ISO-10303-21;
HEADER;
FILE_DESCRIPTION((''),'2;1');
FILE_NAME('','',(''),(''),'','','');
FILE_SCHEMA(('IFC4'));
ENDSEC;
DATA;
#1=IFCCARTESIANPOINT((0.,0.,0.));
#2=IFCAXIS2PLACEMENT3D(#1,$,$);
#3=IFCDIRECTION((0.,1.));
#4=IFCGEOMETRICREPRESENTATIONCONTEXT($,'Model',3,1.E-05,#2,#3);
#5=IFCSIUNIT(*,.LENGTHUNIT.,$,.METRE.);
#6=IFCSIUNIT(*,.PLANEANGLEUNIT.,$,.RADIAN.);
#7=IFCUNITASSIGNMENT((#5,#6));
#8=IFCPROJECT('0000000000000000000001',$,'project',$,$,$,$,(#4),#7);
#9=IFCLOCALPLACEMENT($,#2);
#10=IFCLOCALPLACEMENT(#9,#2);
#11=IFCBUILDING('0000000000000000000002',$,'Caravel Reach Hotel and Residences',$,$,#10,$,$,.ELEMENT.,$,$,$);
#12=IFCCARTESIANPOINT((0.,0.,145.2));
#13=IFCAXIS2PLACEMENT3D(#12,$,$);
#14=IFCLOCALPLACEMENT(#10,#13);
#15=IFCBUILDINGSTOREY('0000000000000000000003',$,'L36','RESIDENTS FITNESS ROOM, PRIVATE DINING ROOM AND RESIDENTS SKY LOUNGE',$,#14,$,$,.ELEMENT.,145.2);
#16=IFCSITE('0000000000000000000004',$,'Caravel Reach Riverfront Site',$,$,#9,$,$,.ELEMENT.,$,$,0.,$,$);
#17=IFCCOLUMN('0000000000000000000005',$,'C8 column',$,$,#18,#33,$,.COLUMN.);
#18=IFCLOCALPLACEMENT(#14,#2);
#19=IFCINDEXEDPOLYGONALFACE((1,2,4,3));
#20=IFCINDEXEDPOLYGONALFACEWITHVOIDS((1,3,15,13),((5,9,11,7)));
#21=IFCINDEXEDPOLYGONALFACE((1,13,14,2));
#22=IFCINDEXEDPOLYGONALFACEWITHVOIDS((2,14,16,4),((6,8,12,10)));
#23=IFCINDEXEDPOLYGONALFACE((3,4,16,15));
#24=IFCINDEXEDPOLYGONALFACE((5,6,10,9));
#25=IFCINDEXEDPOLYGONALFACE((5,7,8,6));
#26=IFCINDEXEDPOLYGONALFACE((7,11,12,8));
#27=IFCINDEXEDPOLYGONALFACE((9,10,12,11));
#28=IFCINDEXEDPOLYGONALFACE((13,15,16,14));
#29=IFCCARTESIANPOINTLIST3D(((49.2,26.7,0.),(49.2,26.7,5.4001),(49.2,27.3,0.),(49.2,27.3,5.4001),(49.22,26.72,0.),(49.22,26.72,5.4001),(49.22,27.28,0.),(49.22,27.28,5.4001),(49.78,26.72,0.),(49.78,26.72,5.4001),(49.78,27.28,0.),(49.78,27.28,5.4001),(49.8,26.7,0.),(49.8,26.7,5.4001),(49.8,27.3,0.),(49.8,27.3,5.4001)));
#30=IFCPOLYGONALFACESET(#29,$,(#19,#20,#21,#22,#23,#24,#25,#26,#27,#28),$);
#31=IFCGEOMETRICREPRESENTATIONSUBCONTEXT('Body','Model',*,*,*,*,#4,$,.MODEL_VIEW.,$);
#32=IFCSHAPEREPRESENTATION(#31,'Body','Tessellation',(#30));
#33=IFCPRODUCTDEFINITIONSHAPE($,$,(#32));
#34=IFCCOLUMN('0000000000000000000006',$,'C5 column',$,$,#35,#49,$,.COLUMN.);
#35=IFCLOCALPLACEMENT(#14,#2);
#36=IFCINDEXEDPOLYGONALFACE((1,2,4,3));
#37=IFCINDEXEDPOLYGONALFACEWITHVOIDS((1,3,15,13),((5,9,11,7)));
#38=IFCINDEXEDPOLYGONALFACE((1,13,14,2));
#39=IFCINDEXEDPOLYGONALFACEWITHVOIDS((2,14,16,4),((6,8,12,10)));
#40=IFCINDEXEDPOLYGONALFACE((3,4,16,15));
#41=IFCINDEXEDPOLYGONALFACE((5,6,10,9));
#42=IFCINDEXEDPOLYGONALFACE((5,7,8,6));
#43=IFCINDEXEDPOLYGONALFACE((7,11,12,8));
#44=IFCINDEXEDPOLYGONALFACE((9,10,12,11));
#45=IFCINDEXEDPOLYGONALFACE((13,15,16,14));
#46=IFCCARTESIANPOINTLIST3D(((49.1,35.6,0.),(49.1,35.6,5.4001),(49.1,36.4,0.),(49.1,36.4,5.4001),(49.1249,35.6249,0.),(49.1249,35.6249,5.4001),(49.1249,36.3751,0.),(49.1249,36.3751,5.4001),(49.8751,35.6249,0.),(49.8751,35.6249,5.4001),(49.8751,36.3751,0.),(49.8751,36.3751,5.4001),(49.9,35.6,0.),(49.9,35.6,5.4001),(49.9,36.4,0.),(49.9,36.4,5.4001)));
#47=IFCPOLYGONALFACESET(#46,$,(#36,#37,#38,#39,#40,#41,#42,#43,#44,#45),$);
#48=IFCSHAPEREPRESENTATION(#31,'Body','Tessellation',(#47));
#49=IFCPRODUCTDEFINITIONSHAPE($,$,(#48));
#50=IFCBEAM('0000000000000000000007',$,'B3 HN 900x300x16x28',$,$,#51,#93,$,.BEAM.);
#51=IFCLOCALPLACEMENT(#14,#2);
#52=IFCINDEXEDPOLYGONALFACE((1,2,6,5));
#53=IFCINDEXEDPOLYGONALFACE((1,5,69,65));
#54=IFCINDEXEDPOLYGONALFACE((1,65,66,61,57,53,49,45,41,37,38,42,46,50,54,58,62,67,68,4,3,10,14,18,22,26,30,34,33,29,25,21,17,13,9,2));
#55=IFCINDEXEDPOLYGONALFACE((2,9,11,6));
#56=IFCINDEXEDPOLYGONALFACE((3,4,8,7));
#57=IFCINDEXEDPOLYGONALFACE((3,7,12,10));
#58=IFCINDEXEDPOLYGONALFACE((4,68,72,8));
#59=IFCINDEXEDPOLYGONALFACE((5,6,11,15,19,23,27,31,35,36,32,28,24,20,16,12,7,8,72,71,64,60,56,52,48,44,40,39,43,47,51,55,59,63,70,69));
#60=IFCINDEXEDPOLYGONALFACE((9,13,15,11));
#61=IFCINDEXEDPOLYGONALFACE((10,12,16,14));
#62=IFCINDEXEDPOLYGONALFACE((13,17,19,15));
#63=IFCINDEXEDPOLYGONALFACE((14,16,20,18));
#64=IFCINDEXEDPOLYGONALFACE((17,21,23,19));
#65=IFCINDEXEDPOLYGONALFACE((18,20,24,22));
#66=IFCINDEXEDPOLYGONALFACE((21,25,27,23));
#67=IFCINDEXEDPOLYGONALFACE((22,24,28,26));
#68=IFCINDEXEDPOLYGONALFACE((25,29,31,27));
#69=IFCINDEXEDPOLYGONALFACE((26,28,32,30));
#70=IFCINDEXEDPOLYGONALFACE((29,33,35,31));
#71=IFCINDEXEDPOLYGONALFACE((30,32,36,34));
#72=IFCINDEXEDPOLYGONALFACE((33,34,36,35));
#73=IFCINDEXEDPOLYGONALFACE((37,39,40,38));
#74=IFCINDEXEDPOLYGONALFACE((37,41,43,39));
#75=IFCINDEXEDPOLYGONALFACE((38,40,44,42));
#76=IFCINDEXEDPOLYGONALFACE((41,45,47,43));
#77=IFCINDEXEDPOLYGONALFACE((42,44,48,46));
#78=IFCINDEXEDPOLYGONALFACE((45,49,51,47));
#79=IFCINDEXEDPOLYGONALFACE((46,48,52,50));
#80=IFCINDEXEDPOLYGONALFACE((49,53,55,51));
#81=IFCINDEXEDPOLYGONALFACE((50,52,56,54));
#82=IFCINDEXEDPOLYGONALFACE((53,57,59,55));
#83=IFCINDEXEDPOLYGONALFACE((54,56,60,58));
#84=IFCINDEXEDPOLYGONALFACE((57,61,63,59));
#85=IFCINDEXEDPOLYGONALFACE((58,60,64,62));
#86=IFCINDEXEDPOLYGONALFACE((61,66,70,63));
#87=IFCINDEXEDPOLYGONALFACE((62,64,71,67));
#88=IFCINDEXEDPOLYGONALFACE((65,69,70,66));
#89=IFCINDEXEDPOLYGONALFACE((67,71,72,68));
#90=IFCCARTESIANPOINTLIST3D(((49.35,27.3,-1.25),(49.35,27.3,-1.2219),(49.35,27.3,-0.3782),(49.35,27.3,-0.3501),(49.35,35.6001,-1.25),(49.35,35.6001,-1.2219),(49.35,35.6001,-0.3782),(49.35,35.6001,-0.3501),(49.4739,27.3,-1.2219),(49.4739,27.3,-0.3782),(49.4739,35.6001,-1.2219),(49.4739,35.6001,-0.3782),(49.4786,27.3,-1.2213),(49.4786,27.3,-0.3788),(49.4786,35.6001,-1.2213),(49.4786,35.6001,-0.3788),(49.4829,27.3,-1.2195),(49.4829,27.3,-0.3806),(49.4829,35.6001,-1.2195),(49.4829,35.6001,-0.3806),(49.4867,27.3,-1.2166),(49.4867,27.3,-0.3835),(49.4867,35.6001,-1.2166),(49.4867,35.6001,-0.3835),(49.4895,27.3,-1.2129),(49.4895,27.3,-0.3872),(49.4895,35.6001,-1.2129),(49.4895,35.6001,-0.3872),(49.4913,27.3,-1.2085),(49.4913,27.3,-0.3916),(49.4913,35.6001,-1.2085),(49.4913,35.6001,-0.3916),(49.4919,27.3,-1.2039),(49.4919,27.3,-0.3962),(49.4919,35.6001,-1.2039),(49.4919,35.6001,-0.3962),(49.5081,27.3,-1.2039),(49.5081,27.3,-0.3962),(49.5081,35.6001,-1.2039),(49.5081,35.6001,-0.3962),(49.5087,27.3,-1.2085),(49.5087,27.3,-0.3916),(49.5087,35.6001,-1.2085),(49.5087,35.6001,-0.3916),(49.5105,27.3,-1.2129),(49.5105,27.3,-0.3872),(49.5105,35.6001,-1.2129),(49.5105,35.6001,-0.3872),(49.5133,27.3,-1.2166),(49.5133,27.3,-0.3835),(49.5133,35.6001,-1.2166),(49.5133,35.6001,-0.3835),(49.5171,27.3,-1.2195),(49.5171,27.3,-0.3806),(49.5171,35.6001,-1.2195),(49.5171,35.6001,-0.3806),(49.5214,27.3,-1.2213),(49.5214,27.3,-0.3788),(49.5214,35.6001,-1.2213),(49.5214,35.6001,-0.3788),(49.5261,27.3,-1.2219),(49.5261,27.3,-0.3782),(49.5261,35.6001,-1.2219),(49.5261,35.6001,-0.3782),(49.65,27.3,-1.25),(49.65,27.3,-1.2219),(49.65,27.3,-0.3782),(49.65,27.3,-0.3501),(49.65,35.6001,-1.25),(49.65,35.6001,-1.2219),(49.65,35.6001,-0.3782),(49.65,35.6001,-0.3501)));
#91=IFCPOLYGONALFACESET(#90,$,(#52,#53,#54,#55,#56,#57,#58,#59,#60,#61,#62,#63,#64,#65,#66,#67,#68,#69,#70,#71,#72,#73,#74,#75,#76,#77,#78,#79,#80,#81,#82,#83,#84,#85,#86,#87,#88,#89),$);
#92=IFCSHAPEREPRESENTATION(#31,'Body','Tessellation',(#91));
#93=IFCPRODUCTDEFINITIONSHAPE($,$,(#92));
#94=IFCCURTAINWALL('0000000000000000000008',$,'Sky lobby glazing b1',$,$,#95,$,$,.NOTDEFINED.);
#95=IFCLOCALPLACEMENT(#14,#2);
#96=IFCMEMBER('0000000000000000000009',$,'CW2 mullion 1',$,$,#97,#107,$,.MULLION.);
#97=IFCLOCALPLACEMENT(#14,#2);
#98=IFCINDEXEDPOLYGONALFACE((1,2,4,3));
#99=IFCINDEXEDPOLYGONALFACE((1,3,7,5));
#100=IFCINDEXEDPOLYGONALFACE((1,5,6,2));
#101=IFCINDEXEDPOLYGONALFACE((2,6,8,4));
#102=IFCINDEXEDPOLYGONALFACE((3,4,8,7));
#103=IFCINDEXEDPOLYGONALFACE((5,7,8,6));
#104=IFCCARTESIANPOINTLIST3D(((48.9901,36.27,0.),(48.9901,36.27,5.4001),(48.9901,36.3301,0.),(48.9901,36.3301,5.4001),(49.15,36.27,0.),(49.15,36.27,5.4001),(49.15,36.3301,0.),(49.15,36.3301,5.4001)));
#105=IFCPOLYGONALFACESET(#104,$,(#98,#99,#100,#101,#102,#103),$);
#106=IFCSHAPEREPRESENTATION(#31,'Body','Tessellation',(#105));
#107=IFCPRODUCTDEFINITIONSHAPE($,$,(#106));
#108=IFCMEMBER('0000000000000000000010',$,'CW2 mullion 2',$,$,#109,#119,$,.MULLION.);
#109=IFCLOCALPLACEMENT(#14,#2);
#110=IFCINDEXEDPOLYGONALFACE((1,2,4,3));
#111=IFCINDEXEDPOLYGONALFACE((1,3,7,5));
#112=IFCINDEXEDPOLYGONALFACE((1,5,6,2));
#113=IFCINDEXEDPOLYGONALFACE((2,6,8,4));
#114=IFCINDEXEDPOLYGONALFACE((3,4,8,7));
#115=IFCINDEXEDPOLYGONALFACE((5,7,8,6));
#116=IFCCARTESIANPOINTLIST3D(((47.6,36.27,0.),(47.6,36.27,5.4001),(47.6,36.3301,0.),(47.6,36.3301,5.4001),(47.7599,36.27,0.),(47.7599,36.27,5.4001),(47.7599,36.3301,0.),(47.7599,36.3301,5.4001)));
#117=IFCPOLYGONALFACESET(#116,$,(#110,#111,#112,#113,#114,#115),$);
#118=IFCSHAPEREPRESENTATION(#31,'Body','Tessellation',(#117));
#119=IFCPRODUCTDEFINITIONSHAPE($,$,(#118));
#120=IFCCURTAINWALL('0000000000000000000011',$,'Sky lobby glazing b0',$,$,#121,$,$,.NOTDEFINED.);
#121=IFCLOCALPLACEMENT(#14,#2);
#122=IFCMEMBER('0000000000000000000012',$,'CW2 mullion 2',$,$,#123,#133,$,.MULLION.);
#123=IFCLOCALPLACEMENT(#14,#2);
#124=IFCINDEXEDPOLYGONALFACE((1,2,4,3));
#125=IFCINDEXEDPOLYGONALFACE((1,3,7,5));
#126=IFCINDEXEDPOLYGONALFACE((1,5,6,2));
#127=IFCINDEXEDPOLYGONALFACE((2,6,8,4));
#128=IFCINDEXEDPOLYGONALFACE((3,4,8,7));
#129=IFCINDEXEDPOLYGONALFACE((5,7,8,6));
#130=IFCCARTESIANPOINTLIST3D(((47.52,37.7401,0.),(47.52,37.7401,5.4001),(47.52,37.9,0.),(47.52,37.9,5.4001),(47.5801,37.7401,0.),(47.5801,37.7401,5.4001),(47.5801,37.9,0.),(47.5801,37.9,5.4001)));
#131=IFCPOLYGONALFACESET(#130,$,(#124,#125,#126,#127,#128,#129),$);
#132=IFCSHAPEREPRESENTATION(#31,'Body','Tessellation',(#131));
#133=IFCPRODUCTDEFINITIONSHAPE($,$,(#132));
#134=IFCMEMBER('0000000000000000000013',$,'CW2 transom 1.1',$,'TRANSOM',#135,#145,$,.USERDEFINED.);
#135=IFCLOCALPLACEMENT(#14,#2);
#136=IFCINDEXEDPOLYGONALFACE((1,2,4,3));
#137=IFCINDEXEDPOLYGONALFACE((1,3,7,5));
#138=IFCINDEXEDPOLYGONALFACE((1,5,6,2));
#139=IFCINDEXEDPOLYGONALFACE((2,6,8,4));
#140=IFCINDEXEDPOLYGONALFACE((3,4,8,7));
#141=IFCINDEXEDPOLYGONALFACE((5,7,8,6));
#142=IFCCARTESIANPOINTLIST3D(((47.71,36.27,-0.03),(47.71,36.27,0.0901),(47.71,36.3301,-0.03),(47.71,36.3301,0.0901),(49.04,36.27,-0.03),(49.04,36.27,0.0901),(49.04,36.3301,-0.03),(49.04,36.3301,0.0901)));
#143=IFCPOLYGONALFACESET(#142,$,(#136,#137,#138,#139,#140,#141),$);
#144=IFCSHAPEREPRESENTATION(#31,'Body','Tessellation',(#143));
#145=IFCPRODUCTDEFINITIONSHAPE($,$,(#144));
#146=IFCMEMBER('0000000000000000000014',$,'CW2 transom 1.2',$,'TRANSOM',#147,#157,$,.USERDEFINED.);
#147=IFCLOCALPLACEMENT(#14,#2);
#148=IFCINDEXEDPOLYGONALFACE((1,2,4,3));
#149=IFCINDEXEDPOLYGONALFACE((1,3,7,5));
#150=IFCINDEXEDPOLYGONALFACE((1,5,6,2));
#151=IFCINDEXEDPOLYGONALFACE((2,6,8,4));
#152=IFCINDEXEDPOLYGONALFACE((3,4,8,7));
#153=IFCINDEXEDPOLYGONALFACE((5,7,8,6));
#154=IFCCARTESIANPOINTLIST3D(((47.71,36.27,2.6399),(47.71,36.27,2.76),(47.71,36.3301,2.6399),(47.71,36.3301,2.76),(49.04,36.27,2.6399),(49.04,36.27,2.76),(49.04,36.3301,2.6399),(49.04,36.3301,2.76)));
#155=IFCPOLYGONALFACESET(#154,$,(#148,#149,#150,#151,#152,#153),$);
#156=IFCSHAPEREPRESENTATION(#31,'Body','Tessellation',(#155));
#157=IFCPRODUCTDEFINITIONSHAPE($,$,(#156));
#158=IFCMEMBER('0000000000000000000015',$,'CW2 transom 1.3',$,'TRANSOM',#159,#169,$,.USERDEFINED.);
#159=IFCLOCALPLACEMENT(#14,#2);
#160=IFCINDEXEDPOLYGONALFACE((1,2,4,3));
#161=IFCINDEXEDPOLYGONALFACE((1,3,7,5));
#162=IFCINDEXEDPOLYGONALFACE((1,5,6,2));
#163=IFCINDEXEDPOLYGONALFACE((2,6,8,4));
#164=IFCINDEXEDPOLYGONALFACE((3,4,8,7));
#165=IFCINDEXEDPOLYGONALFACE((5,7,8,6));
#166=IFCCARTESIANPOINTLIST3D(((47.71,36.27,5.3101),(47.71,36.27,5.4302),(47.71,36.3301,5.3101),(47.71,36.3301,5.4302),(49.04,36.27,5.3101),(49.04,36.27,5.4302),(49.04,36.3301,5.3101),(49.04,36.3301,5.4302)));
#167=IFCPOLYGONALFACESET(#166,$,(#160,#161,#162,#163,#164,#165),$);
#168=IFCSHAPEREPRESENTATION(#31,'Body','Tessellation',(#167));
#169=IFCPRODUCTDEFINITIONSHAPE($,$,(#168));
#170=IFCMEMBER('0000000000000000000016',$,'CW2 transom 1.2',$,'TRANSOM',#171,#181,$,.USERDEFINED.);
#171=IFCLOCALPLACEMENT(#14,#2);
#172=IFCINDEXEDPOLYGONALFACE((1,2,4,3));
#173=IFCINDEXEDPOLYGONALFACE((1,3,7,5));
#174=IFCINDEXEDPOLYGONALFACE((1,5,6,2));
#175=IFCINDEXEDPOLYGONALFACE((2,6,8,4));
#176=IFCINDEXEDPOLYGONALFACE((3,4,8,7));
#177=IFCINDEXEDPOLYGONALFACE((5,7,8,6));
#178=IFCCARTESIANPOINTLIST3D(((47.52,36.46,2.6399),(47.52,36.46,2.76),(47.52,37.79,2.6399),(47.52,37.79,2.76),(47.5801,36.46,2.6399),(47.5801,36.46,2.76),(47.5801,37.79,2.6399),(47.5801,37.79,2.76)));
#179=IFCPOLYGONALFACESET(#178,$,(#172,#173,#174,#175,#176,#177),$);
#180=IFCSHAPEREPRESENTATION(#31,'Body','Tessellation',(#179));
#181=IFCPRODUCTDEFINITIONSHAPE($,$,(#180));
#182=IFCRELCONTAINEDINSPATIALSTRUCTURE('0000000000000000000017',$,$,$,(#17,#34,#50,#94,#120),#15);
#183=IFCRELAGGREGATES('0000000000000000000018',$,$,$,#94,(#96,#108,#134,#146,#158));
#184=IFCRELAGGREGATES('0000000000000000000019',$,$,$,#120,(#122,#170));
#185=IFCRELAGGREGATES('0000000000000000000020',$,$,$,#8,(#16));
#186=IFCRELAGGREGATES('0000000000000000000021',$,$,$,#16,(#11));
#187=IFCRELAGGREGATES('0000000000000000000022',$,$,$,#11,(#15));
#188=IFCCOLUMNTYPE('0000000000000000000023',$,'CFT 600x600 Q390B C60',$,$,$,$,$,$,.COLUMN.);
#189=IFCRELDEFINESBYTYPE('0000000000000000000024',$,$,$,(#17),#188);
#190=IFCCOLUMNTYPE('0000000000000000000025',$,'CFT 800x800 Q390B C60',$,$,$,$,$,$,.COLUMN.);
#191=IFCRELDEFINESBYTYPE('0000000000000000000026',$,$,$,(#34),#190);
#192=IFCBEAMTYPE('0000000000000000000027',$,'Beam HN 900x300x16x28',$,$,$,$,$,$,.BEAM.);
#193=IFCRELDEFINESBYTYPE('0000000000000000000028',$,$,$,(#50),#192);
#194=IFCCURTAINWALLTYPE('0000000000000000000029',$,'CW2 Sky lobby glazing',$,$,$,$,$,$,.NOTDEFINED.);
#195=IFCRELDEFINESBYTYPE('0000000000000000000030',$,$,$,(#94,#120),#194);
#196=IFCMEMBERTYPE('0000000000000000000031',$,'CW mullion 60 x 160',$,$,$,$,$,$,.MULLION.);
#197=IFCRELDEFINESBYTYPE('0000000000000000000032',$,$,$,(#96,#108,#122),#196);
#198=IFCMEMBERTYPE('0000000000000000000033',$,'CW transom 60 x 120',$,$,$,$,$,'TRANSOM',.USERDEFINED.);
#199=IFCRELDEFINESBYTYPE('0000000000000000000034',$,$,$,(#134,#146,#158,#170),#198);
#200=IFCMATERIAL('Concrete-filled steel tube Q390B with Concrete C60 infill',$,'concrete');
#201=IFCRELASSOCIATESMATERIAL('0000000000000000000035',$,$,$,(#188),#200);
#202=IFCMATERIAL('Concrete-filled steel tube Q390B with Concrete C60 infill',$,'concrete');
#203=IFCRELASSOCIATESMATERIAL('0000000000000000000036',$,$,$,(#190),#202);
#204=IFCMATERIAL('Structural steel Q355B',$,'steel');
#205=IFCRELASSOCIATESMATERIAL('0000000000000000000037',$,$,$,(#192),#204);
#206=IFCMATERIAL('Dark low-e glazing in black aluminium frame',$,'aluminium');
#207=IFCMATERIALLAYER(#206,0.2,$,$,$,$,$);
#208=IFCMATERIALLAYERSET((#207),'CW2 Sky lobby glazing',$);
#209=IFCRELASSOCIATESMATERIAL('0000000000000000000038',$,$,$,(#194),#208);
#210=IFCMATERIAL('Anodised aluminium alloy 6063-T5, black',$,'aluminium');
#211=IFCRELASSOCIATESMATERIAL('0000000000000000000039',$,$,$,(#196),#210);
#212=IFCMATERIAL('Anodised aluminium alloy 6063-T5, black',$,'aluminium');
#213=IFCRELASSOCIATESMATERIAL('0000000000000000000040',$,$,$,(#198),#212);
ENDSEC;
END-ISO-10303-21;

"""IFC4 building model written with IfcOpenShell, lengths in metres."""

from ifc_helpers import new_model, si_unit, direction, frame, origin, origin_2d, place, context, subcontext, project, spatial, rectangle, hollow_rectangle, i_section, extrude, material, layer, layer_set, material_profile, profile_set, type_object, element, aggregate, save


model = new_model("IFC4")

# Units and contexts
model_context = context("Model", 3, precision=1e-05, world=origin(), true_north=direction((0.0, 1.0)))
body_context = subcontext(model_context, "Body", "Model", "MODEL_VIEW")
ifc_project = project(units=[si_unit("LENGTHUNIT", "METRE"), si_unit("PLANEANGLEUNIT", "RADIAN")], contexts=[model_context])

# Site, building, storey
site_placement = place(None, origin())
site = spatial("IfcSite", under=ifc_project, at=site_placement, Name="Caravel Reach Riverfront Site", CompositionType="ELEMENT", RefElevation=0.0)
building_placement = place(site_placement, origin())
building = spatial("IfcBuilding", under=site, at=building_placement, Name="Caravel Reach Hotel and Residences", CompositionType="ELEMENT")
storey_placement = place(building_placement, frame((0.0, 0.0, 145.2)))
storey = spatial("IfcBuildingStorey", under=building, at=storey_placement, Name="L36", Description="RESIDENTS FITNESS ROOM, PRIVATE DINING ROOM AND RESIDENTS SKY LOUNGE", CompositionType="ELEMENT", Elevation=145.2)

# Columns
ifc_material_1 = material(Name="Concrete-filled steel tube Q390B with Concrete C60 infill", Category="concrete")
ifc_material_profile_1 = material_profile(ifc_material_1, hollow_rectangle(XDim=0.6001, YDim=0.6001, WallThickness=0.02, at=origin_2d()), Name="RHS 600x600x20")
ifc_profile_set_1 = profile_set([ifc_material_profile_1], Name="Concrete-filled steel tube Q390B with Concrete C60 infill")
column_type_1 = type_object("IfcColumnType", Name="CFT 600x600 Q390B C60", PredefinedType="COLUMN", material=ifc_profile_set_1)
column_1_placement = place(storey_placement, frame((49.5, 27.0, 0.0), z_axis=(0.0, 0.0, 1.0), x_axis=(1.0, 0.0, 0.0)))
element("IfcColumn", 1, at=column_1_placement, inside=storey, type_object=column_type_1, Name="C8 column", PredefinedType="COLUMN", context=body_context, shape_type="SweptSolid", body=[
    extrude(hollow_rectangle(XDim=0.6001, YDim=0.6001, WallThickness=0.02, at=origin_2d()), origin(), (0.0, 0.0, 1.0), 5.4001),
])
ifc_material_2 = material(Name="Concrete-filled steel tube Q390B with Concrete C60 infill", Category="concrete")
ifc_material_profile_2 = material_profile(ifc_material_2, hollow_rectangle(XDim=0.8, YDim=0.8, WallThickness=0.0249, at=origin_2d()), Name="RHS 800x800x25")
ifc_profile_set_2 = profile_set([ifc_material_profile_2], Name="Concrete-filled steel tube Q390B with Concrete C60 infill")
column_type_2 = type_object("IfcColumnType", Name="CFT 800x800 Q390B C60", PredefinedType="COLUMN", material=ifc_profile_set_2)
column_2_placement = place(storey_placement, frame((49.5, 36.0, 0.0), z_axis=(0.0, 0.0, 1.0), x_axis=(1.0, 0.0, 0.0)))
element("IfcColumn", 2, at=column_2_placement, inside=storey, type_object=column_type_2, Name="C5 column", PredefinedType="COLUMN", context=body_context, shape_type="SweptSolid", body=[
    extrude(hollow_rectangle(XDim=0.8, YDim=0.8, WallThickness=0.0249, at=origin_2d()), origin(), (0.0, 0.0, 1.0), 5.4001),
])

# Beam
ifc_material_3 = material(Name="Structural steel Q355B", Category="steel")
ifc_material_profile_3 = material_profile(ifc_material_3, i_section(OverallWidth=0.3, OverallDepth=0.8999, WebThickness=0.0161, FlangeThickness=0.0281, FilletRadius=0.0181, at=origin_2d()), Name="HN 900x300x16x28")
ifc_profile_set_3 = profile_set([ifc_material_profile_3], Name="Structural steel Q355B")
beam_type = type_object("IfcBeamType", Name="Beam HN 900x300x16x28", PredefinedType="BEAM", material=ifc_profile_set_3)
beam_placement = place(storey_placement, frame((49.5, 27.3, -0.8), z_axis=(0.0, 1.0, 0.0), x_axis=(-1.0, 0.0, 0.0)))
element("IfcBeam", 3, at=beam_placement, inside=storey, type_object=beam_type, Name="B3 HN 900x300x16x28", PredefinedType="BEAM", context=body_context, shape_type="SweptSolid", body=[
    extrude(i_section(OverallWidth=0.3, OverallDepth=0.8999, WebThickness=0.0161, FlangeThickness=0.0281, FilletRadius=0.0181, at=origin_2d()), origin(), (0.0, 0.0, 1.0), 8.3),
])

# Curtain wall, members
ifc_material_4 = material(Name="Dark low-e glazing in black aluminium frame", Category="aluminium")
ifc_layer_1 = layer(ifc_material_4, 0.2)
ifc_layer_set_1 = layer_set([ifc_layer_1], Name="CW2 Sky lobby glazing")
curtain_wall_type = type_object("IfcCurtainWallType", Name="CW2 Sky lobby glazing", PredefinedType="NOTDEFINED", material=ifc_layer_set_1)
curtain_wall_1_placement = place(storey_placement, origin())
curtain_wall_1 = element("IfcCurtainWall", 4, at=curtain_wall_1_placement, inside=storey, type_object=curtain_wall_type, Name="Sky lobby glazing b1", PredefinedType="NOTDEFINED")
ifc_material_5 = material(Name="Anodised aluminium alloy 6063-T5, black", Category="aluminium")
ifc_material_profile_4 = material_profile(ifc_material_5, rectangle(XDim=0.0601, YDim=0.1599, at=origin_2d()), Name="CW mullion 60 x 160")
ifc_profile_set_4 = profile_set([ifc_material_profile_4], Name="Anodised aluminium alloy 6063-T5, black")
member_type_1 = type_object("IfcMemberType", Name="CW mullion 60 x 160", PredefinedType="MULLION", material=ifc_profile_set_4)
member_1_placement = place(storey_placement, frame((49.0701, 36.3, 0.0), z_axis=(0.0, 0.0, 1.0), x_axis=(0.0, -1.0, 0.0)))
member_1 = element("IfcMember", 5, at=member_1_placement, type_object=member_type_1, Name="CW2 mullion 1", PredefinedType="MULLION", context=body_context, shape_type="SweptSolid", body=[
    extrude(rectangle(XDim=0.0601, YDim=0.1599, at=origin_2d()), origin(), (0.0, 0.0, 1.0), 5.4001),
])
member_2_placement = place(storey_placement, frame((47.6799, 36.3, 0.0), z_axis=(0.0, 0.0, 1.0), x_axis=(0.0, -1.0, 0.0)))
member_2 = element("IfcMember", 6, at=member_2_placement, type_object=member_type_1, Name="CW2 mullion 2", PredefinedType="MULLION", context=body_context, shape_type="SweptSolid", body=[
    extrude(rectangle(XDim=0.0601, YDim=0.1599, at=origin_2d()), origin(), (0.0, 0.0, 1.0), 5.4001),
])

# Curtain wall, member
curtain_wall_2_placement = place(storey_placement, origin())
curtain_wall_2 = element("IfcCurtainWall", 7, at=curtain_wall_2_placement, inside=storey, type_object=curtain_wall_type, Name="Sky lobby glazing b0", PredefinedType="NOTDEFINED")
member_3_placement = place(storey_placement, frame((47.55, 37.8201, 0.0), z_axis=(0.0, 0.0, 1.0), x_axis=(-1.0, 0.0, 0.0)))
member_3 = element("IfcMember", 8, at=member_3_placement, type_object=member_type_1, Name="CW2 mullion 2", PredefinedType="MULLION", context=body_context, shape_type="SweptSolid", body=[
    extrude(rectangle(XDim=0.0601, YDim=0.1599, at=origin_2d()), origin(), (0.0, 0.0, 1.0), 5.4001),
])

# Members
ifc_material_6 = material(Name="Anodised aluminium alloy 6063-T5, black", Category="aluminium")
ifc_material_profile_5 = material_profile(ifc_material_6, rectangle(XDim=0.0601, YDim=0.1201, at=origin_2d()), Name="CW transom 60 x 120")
ifc_profile_set_5 = profile_set([ifc_material_profile_5], Name="Anodised aluminium alloy 6063-T5, black")
member_type_2 = type_object("IfcMemberType", Name="CW transom 60 x 120", ElementType="TRANSOM", PredefinedType="USERDEFINED", material=ifc_profile_set_5)
member_4_placement = place(storey_placement, frame((49.04, 36.3, 0.03), z_axis=(-1.0, 0.0, 0.0), x_axis=(0.0, -1.0, 0.0)))
member_4 = element("IfcMember", 9, at=member_4_placement, type_object=member_type_2, Name="CW2 transom 1.1", ObjectType="TRANSOM", PredefinedType="USERDEFINED", context=body_context, shape_type="SweptSolid", body=[
    extrude(rectangle(XDim=0.0601, YDim=0.1201, at=origin_2d()), origin(), (0.0, 0.0, 1.0), 1.3301),
])
member_5_placement = place(storey_placement, frame((49.04, 36.3, 2.7), z_axis=(-1.0, 0.0, 0.0), x_axis=(0.0, -1.0, 0.0)))
member_5 = element("IfcMember", 10, at=member_5_placement, type_object=member_type_2, Name="CW2 transom 1.2", ObjectType="TRANSOM", PredefinedType="USERDEFINED", context=body_context, shape_type="SweptSolid", body=[
    extrude(rectangle(XDim=0.0601, YDim=0.1201, at=origin_2d()), origin(), (0.0, 0.0, 1.0), 1.3301),
])
member_6_placement = place(storey_placement, frame((49.04, 36.3, 5.3701), z_axis=(-1.0, 0.0, 0.0), x_axis=(0.0, -1.0, 0.0)))
member_6 = element("IfcMember", 11, at=member_6_placement, type_object=member_type_2, Name="CW2 transom 1.3", ObjectType="TRANSOM", PredefinedType="USERDEFINED", context=body_context, shape_type="SweptSolid", body=[
    extrude(rectangle(XDim=0.0601, YDim=0.1201, at=origin_2d()), origin(), (0.0, 0.0, 1.0), 1.3301),
])
member_7_placement = place(storey_placement, frame((47.55, 36.46, 2.7), z_axis=(0.0, 1.0, 0.0), x_axis=(-1.0, 0.0, 0.0)))
member_7 = element("IfcMember", 12, at=member_7_placement, type_object=member_type_2, Name="CW2 transom 1.2", ObjectType="TRANSOM", PredefinedType="USERDEFINED", context=body_context, shape_type="SweptSolid", body=[
    extrude(rectangle(XDim=0.0601, YDim=0.1201, at=origin_2d()), origin(), (0.0, 0.0, 1.0), 1.3301),
])

aggregate(curtain_wall_1, [member_1, member_2, member_4, member_5, member_6])
aggregate(curtain_wall_2, [member_3, member_7])

save(model, "model.ifc")
